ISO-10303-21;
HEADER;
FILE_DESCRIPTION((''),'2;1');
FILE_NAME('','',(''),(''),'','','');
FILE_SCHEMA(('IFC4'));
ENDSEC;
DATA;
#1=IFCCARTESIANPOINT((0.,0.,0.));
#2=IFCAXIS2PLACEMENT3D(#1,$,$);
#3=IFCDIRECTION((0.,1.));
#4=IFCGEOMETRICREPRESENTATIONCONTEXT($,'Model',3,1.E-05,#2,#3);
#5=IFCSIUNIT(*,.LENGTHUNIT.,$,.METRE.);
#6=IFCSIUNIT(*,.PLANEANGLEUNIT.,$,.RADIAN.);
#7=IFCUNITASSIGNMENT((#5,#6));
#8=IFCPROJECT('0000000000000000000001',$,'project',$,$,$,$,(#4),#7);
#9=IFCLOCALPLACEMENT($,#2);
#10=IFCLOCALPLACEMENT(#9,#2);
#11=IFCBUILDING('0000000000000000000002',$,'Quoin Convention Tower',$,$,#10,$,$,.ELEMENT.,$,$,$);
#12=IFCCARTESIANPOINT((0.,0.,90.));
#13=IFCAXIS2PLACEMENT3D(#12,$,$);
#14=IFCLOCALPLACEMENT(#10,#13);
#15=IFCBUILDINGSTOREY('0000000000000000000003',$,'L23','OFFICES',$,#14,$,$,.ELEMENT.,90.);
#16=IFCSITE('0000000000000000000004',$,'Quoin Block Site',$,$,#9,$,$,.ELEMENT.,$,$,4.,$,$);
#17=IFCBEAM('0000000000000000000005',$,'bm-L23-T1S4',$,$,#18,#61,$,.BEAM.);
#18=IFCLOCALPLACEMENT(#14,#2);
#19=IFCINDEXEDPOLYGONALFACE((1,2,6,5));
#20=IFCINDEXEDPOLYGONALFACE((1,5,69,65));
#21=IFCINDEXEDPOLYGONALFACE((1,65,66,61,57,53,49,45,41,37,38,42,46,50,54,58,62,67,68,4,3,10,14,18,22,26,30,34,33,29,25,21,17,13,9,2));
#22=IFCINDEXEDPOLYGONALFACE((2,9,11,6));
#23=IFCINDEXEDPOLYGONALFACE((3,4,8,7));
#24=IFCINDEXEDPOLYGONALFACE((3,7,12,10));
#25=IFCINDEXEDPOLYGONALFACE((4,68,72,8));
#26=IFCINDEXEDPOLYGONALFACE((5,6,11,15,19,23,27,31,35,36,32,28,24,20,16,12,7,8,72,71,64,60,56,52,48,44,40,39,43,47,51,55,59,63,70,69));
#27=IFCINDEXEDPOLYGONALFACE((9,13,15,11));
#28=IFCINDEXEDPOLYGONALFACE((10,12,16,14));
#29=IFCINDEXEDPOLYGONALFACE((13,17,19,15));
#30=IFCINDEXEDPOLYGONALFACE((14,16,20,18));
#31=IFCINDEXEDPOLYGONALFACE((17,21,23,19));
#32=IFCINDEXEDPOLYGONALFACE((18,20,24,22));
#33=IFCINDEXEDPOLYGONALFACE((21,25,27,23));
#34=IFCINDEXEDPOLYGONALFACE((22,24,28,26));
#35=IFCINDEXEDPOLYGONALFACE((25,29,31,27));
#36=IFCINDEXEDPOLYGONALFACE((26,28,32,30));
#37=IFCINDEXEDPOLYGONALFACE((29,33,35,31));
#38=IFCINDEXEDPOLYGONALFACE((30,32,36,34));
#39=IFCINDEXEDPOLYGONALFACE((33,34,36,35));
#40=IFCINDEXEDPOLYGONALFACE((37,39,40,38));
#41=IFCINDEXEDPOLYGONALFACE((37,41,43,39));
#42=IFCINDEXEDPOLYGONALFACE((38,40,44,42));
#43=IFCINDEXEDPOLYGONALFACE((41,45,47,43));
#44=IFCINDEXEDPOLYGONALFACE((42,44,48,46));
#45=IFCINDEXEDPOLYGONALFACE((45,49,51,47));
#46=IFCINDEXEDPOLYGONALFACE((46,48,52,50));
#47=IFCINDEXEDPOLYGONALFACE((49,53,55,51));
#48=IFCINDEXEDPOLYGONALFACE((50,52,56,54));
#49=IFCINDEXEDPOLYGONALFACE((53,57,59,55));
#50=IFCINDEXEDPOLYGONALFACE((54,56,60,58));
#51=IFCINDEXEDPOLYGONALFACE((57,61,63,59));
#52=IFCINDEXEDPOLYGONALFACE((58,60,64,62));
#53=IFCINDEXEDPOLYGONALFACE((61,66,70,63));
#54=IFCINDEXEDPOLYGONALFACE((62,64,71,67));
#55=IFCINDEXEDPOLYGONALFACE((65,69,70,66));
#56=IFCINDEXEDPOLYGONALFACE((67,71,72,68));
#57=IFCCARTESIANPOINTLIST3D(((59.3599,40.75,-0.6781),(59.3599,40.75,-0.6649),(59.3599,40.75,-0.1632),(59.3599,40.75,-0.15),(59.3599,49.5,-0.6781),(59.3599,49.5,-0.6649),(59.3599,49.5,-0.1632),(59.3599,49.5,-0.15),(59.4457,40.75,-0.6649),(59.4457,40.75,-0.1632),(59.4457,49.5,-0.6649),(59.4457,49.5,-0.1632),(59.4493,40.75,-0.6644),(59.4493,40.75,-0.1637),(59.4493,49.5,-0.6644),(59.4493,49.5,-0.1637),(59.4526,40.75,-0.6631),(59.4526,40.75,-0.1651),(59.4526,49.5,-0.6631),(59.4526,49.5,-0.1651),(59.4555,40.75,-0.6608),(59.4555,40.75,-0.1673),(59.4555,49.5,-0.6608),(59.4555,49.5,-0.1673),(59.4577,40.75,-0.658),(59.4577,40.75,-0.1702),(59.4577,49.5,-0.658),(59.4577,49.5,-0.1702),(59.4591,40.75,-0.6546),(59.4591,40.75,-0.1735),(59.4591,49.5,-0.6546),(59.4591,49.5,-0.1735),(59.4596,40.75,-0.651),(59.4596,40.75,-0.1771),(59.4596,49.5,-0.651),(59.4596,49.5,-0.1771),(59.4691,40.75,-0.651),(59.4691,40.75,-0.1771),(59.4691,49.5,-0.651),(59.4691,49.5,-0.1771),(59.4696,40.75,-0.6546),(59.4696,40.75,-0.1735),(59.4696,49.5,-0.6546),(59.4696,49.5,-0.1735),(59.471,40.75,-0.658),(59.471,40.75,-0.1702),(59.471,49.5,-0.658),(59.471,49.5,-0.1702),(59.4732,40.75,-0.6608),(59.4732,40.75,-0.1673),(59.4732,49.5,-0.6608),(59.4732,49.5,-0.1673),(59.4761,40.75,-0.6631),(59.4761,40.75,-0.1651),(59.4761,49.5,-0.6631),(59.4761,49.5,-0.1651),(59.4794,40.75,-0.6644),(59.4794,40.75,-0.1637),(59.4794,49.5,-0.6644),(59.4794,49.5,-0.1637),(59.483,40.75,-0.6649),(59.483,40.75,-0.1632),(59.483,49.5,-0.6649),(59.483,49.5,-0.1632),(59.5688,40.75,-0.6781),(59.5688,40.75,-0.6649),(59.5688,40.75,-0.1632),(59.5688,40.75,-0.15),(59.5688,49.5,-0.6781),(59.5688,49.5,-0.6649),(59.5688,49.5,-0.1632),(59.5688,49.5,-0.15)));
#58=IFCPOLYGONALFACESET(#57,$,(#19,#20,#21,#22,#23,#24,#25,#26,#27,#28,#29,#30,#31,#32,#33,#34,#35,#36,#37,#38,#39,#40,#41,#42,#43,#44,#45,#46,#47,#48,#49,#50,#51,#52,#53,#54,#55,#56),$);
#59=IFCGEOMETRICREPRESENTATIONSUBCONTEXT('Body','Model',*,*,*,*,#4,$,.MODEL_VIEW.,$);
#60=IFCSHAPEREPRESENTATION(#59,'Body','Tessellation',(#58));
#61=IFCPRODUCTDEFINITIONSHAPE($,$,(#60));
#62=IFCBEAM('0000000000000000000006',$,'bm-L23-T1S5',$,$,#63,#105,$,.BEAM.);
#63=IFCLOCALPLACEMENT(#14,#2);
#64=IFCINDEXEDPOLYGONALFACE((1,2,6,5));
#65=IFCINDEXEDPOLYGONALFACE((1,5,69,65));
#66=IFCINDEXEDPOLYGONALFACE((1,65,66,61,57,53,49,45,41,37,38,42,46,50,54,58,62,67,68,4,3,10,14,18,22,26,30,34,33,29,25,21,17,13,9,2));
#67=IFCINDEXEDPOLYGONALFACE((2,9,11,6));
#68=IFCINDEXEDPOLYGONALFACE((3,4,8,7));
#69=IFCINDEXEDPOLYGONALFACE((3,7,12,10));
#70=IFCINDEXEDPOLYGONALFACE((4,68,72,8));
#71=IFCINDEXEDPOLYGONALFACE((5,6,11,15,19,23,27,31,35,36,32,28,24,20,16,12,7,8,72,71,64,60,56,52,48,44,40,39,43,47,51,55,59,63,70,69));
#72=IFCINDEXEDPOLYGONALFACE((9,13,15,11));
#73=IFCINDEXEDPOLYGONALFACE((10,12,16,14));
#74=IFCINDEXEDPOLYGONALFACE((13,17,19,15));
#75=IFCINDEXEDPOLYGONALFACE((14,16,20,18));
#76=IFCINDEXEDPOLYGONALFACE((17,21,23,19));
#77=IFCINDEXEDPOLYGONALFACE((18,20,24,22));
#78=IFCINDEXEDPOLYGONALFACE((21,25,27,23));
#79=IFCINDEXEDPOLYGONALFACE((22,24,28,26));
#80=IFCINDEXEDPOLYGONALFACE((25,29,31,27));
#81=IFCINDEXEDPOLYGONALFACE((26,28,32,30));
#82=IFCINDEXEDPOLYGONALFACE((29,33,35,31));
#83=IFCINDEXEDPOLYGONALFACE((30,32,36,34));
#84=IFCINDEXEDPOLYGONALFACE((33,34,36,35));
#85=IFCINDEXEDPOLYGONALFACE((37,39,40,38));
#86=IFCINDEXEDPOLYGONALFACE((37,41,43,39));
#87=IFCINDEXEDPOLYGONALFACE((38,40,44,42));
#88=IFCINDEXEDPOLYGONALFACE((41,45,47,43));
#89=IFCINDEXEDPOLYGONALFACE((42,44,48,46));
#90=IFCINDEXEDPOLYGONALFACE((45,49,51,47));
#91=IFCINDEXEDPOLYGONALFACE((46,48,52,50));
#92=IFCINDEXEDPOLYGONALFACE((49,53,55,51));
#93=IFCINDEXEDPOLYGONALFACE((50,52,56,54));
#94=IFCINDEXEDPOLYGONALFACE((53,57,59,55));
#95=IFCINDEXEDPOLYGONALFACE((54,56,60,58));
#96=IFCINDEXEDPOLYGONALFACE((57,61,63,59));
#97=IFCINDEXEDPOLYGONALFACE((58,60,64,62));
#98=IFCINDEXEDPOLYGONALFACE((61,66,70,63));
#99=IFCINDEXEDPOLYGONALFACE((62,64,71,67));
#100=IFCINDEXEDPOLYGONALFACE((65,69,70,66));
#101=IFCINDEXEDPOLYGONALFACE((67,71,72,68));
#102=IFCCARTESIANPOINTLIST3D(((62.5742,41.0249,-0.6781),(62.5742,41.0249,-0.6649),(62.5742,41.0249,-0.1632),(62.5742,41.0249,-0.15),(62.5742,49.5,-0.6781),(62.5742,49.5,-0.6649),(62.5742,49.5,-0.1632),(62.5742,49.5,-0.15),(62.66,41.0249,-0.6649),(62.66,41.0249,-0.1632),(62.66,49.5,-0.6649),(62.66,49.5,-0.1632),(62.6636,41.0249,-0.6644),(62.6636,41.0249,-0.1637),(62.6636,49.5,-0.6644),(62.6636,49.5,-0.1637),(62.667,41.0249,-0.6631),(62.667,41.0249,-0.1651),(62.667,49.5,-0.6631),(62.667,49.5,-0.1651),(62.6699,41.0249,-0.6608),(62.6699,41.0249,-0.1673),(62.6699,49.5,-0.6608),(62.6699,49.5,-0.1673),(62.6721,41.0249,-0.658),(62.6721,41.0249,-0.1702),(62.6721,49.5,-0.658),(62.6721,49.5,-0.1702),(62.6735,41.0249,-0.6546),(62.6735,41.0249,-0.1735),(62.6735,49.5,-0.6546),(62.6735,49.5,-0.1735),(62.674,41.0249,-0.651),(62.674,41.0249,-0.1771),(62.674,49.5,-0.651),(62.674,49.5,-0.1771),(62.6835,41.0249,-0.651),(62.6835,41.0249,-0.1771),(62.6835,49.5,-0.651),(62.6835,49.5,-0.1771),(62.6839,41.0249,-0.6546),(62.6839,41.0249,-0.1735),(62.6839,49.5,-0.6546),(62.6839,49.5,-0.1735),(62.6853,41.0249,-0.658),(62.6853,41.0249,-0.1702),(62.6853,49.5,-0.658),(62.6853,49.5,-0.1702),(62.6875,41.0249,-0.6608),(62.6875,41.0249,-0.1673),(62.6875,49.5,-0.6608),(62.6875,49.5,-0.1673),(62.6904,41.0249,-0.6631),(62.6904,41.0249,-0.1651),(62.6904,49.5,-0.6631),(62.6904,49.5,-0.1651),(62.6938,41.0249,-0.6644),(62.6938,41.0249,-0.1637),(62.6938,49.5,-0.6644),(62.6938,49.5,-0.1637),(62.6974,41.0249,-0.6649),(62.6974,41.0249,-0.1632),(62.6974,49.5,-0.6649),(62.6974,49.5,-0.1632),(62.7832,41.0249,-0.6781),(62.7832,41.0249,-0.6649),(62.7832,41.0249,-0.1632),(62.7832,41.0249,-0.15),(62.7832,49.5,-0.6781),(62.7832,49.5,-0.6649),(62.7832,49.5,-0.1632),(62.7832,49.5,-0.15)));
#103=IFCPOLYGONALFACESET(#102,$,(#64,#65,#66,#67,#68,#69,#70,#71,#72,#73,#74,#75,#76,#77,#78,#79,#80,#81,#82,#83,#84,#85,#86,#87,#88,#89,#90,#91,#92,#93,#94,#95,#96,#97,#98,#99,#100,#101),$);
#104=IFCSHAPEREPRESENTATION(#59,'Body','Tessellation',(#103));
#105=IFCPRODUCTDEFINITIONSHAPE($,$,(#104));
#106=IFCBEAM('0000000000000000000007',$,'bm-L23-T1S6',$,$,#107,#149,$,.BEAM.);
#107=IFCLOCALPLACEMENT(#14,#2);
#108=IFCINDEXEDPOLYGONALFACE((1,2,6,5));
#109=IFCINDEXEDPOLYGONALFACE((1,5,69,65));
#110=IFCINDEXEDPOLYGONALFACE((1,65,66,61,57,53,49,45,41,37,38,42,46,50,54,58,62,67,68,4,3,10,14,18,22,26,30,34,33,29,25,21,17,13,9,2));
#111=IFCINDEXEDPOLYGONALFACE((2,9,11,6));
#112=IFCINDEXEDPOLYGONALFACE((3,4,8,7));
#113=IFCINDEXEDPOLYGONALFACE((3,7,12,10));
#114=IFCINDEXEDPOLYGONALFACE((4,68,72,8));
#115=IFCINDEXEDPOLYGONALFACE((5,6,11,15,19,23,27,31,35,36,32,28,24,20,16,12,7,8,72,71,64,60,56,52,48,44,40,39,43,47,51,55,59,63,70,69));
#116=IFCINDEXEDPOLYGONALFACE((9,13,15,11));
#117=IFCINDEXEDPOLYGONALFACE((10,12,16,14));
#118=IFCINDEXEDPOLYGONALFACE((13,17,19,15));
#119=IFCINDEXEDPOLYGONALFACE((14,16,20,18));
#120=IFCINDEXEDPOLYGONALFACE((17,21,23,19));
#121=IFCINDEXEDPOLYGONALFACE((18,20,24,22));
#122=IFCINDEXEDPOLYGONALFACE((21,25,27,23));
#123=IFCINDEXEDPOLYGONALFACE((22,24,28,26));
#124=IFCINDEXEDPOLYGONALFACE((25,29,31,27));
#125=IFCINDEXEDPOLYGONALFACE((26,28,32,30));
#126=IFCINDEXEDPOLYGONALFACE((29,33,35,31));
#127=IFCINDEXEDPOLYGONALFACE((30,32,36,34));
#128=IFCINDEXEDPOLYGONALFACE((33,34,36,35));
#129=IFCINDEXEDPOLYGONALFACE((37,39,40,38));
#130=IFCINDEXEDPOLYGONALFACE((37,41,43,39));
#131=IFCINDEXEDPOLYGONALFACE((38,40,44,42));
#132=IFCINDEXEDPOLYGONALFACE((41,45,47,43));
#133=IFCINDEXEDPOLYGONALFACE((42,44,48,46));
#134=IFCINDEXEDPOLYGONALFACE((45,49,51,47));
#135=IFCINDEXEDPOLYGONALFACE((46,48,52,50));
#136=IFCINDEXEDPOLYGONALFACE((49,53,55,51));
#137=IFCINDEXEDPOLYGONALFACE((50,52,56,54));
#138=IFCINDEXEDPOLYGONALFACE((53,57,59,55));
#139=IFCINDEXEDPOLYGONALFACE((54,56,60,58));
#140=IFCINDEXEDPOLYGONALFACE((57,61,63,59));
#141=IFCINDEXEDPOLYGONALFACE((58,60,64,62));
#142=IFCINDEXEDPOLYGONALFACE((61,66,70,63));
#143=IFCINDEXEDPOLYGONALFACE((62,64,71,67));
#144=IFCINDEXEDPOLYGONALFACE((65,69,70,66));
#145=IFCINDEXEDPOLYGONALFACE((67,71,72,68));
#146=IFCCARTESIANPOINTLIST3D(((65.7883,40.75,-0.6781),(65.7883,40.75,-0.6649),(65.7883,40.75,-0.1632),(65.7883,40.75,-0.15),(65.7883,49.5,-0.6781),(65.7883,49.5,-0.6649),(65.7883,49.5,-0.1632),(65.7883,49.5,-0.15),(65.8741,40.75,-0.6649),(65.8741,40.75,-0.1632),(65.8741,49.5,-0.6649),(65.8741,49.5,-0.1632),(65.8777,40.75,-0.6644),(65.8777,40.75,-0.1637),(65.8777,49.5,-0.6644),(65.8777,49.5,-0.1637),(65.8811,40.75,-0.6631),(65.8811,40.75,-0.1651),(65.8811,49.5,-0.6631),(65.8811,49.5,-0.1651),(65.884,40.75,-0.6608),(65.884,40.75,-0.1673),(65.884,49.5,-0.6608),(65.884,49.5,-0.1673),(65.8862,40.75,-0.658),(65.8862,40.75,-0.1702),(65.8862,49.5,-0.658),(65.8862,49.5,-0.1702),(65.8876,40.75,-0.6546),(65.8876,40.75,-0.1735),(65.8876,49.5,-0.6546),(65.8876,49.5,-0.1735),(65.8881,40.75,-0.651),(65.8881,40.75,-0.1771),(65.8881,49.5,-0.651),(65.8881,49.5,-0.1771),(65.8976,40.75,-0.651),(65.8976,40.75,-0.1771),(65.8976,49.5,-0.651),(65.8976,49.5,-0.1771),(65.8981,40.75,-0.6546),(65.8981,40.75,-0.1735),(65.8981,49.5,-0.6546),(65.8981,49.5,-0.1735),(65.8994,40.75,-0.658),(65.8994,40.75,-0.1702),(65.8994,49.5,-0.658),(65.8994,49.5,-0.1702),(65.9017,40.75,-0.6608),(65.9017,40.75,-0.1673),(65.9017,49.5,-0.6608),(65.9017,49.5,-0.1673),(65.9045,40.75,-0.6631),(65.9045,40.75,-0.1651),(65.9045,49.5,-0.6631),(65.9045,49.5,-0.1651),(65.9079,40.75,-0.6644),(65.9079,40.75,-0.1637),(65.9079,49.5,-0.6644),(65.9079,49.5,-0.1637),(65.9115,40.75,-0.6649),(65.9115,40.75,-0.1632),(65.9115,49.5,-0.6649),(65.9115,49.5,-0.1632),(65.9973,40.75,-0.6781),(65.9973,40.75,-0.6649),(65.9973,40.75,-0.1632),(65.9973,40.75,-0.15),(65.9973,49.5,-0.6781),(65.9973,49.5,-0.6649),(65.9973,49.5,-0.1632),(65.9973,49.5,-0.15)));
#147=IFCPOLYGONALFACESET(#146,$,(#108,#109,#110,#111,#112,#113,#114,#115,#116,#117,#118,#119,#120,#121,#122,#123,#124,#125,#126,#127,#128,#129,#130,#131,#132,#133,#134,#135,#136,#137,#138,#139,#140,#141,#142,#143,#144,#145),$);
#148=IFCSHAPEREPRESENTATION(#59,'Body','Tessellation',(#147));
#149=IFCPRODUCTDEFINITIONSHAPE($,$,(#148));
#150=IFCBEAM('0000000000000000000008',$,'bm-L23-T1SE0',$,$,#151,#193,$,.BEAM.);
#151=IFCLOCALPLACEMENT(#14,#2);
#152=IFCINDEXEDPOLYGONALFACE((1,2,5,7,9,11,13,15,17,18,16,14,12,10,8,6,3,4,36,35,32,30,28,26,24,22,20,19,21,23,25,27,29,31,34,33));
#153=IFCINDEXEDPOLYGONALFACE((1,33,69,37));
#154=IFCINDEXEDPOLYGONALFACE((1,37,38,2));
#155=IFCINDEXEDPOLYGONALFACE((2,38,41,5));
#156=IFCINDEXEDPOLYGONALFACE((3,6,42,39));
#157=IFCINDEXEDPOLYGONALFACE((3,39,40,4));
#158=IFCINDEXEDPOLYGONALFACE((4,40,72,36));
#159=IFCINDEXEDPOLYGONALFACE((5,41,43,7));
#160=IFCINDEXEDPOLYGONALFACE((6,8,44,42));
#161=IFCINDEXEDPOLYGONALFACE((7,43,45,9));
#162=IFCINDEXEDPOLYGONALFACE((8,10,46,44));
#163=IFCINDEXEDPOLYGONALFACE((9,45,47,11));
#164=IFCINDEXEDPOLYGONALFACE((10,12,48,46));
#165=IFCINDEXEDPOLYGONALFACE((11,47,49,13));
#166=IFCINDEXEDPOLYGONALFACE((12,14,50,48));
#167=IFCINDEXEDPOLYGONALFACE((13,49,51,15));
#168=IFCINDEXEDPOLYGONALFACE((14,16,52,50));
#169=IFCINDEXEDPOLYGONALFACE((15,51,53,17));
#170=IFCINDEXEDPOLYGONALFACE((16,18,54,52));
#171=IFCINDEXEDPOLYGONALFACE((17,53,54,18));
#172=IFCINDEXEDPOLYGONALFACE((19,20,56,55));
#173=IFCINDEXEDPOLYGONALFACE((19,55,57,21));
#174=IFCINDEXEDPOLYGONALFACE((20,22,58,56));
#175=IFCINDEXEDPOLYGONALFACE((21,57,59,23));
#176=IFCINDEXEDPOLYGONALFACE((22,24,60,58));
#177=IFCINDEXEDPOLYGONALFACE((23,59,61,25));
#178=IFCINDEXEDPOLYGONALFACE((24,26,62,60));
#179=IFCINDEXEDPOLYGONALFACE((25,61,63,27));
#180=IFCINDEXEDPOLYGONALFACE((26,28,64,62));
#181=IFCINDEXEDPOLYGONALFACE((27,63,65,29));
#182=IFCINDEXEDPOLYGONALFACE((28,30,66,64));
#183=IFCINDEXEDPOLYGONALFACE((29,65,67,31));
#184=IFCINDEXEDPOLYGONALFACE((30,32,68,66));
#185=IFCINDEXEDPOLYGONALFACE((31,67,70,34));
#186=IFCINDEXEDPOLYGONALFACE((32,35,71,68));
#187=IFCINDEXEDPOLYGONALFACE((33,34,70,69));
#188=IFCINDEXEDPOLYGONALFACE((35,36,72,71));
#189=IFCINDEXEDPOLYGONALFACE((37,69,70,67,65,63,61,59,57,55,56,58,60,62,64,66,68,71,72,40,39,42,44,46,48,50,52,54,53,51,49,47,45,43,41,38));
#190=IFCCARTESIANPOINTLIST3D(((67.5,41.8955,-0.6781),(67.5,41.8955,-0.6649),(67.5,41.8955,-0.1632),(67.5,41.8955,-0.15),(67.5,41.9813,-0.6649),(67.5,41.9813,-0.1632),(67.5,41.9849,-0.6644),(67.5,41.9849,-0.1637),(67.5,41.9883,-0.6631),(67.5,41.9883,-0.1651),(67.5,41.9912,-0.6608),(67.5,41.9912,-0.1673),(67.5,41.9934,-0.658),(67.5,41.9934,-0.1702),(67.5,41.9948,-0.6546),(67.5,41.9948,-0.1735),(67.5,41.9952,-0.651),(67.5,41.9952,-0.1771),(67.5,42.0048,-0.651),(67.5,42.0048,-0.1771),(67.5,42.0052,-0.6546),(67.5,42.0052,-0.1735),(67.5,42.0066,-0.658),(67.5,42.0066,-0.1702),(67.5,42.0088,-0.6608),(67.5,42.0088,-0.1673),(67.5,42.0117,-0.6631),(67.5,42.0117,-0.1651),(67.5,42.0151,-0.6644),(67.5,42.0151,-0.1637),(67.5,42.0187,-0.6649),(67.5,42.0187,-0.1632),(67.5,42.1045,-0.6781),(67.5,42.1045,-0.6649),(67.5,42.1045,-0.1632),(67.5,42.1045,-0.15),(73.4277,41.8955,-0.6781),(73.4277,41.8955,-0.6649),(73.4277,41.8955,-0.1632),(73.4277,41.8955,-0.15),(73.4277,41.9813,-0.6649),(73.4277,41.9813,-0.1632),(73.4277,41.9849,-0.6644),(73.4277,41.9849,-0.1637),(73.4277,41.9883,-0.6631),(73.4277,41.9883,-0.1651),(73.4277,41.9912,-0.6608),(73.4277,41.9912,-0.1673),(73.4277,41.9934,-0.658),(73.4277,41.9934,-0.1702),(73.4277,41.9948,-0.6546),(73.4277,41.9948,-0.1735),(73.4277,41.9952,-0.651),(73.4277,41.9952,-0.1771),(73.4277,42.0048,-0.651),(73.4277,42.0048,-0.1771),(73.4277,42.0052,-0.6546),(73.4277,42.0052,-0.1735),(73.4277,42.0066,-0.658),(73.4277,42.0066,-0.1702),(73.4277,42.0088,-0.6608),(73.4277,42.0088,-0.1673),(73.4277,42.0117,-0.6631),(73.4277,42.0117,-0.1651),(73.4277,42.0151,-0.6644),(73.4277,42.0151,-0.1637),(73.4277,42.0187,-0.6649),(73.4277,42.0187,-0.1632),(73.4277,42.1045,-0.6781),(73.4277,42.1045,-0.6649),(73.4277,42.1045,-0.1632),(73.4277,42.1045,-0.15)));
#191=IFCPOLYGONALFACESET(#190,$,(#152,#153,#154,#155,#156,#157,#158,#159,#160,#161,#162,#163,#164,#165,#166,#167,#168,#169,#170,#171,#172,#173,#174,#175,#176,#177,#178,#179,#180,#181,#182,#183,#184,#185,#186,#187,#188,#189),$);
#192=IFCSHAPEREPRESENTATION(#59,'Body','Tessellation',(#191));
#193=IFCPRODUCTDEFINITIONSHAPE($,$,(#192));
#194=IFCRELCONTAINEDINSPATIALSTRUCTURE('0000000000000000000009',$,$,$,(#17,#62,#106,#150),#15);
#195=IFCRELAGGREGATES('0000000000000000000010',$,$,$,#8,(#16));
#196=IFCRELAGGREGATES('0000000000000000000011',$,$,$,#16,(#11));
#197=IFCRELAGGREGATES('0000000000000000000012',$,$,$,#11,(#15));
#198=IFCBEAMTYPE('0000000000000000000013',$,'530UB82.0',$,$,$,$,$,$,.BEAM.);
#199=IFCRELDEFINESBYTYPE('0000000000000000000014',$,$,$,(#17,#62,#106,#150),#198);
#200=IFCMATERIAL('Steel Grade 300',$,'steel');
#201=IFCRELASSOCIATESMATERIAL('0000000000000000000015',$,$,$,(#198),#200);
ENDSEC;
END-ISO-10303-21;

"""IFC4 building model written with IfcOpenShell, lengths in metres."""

from ifc_helpers import new_model, si_unit, direction, frame, origin, origin_2d, place, context, subcontext, project, spatial, i_section, extrude, material, material_profile, profile_set, type_object, element, save


model = new_model("IFC4")

# Units and contexts
model_context = context("Model", 3, precision=1e-05, world=origin(), true_north=direction((0.0, 1.0)))
body_context = subcontext(model_context, "Body", "Model", "MODEL_VIEW")
ifc_project = project(units=[si_unit("LENGTHUNIT", "METRE"), si_unit("PLANEANGLEUNIT", "RADIAN")], contexts=[model_context])

# Site, building, storey
site_placement = place(None, origin())
site = spatial("IfcSite", under=ifc_project, at=site_placement, Name="Quoin Block Site", CompositionType="ELEMENT", RefElevation=4.0)
building_placement = place(site_placement, origin())
building = spatial("IfcBuilding", under=site, at=building_placement, Name="Quoin Convention Tower", CompositionType="ELEMENT")
storey_placement = place(building_placement, frame((0.0, 0.0, 90.0)))
storey = spatial("IfcBuildingStorey", under=building, at=storey_placement, Name="L23", Description="OFFICES", CompositionType="ELEMENT", Elevation=90.0)

# Beams
ifc_material_1 = material(Name="Steel Grade 300", Category="steel")
ifc_material_profile = material_profile(ifc_material_1, i_section(OverallWidth=0.209, OverallDepth=0.5281, WebThickness=0.0095, FlangeThickness=0.0132, FilletRadius=0.0139, at=origin_2d()), Name="530UB82.0")
ifc_profile_set = profile_set([ifc_material_profile], Name="Steel Grade 300")
beam_type = type_object("IfcBeamType", Name="530UB82.0", PredefinedType="BEAM", material=ifc_profile_set)
beam_1_placement = place(storey_placement, frame((59.4644, 40.75, -0.4141), z_axis=(0.0, 1.0, 0.0), x_axis=(-1.0, 0.0, 0.0)))
element("IfcBeam", 1, at=beam_1_placement, inside=storey, type_object=beam_type, Name="bm-L23-T1S4", PredefinedType="BEAM", context=body_context, shape_type="SweptSolid", body=[
    extrude(i_section(OverallWidth=0.209, OverallDepth=0.5281, WebThickness=0.0095, FlangeThickness=0.0132, FilletRadius=0.0139, at=origin_2d()), origin(), (0.0, 0.0, 1.0), 8.75),
])
beam_2_placement = place(storey_placement, frame((62.6787, 41.0249, -0.4141), z_axis=(0.0, 1.0, 0.0), x_axis=(-1.0, 0.0, 0.0)))
element("IfcBeam", 2, at=beam_2_placement, inside=storey, type_object=beam_type, Name="bm-L23-T1S5", PredefinedType="BEAM", context=body_context, shape_type="SweptSolid", body=[
    extrude(i_section(OverallWidth=0.209, OverallDepth=0.5281, WebThickness=0.0095, FlangeThickness=0.0132, FilletRadius=0.0139, at=origin_2d()), origin(), (0.0, 0.0, 1.0), 8.4751),
])
beam_3_placement = place(storey_placement, frame((65.8928, 40.75, -0.4141), z_axis=(0.0, 1.0, 0.0), x_axis=(-1.0, 0.0, 0.0)))
element("IfcBeam", 3, at=beam_3_placement, inside=storey, type_object=beam_type, Name="bm-L23-T1S6", PredefinedType="BEAM", context=body_context, shape_type="SweptSolid", body=[
    extrude(i_section(OverallWidth=0.209, OverallDepth=0.5281, WebThickness=0.0095, FlangeThickness=0.0132, FilletRadius=0.0139, at=origin_2d()), origin(), (0.0, 0.0, 1.0), 8.75),
])
beam_4_placement = place(storey_placement, frame((67.5, 42.0, -0.4141), z_axis=(1.0, 0.0, 0.0), x_axis=(0.0, 1.0, 0.0)))
element("IfcBeam", 4, at=beam_4_placement, inside=storey, type_object=beam_type, Name="bm-L23-T1SE0", PredefinedType="BEAM", context=body_context, shape_type="SweptSolid", body=[
    extrude(i_section(OverallWidth=0.209, OverallDepth=0.5281, WebThickness=0.0095, FlangeThickness=0.0132, FilletRadius=0.0139, at=origin_2d()), origin(), (0.0, 0.0, 1.0), 5.9277),
])

save(model, "model.ifc")
